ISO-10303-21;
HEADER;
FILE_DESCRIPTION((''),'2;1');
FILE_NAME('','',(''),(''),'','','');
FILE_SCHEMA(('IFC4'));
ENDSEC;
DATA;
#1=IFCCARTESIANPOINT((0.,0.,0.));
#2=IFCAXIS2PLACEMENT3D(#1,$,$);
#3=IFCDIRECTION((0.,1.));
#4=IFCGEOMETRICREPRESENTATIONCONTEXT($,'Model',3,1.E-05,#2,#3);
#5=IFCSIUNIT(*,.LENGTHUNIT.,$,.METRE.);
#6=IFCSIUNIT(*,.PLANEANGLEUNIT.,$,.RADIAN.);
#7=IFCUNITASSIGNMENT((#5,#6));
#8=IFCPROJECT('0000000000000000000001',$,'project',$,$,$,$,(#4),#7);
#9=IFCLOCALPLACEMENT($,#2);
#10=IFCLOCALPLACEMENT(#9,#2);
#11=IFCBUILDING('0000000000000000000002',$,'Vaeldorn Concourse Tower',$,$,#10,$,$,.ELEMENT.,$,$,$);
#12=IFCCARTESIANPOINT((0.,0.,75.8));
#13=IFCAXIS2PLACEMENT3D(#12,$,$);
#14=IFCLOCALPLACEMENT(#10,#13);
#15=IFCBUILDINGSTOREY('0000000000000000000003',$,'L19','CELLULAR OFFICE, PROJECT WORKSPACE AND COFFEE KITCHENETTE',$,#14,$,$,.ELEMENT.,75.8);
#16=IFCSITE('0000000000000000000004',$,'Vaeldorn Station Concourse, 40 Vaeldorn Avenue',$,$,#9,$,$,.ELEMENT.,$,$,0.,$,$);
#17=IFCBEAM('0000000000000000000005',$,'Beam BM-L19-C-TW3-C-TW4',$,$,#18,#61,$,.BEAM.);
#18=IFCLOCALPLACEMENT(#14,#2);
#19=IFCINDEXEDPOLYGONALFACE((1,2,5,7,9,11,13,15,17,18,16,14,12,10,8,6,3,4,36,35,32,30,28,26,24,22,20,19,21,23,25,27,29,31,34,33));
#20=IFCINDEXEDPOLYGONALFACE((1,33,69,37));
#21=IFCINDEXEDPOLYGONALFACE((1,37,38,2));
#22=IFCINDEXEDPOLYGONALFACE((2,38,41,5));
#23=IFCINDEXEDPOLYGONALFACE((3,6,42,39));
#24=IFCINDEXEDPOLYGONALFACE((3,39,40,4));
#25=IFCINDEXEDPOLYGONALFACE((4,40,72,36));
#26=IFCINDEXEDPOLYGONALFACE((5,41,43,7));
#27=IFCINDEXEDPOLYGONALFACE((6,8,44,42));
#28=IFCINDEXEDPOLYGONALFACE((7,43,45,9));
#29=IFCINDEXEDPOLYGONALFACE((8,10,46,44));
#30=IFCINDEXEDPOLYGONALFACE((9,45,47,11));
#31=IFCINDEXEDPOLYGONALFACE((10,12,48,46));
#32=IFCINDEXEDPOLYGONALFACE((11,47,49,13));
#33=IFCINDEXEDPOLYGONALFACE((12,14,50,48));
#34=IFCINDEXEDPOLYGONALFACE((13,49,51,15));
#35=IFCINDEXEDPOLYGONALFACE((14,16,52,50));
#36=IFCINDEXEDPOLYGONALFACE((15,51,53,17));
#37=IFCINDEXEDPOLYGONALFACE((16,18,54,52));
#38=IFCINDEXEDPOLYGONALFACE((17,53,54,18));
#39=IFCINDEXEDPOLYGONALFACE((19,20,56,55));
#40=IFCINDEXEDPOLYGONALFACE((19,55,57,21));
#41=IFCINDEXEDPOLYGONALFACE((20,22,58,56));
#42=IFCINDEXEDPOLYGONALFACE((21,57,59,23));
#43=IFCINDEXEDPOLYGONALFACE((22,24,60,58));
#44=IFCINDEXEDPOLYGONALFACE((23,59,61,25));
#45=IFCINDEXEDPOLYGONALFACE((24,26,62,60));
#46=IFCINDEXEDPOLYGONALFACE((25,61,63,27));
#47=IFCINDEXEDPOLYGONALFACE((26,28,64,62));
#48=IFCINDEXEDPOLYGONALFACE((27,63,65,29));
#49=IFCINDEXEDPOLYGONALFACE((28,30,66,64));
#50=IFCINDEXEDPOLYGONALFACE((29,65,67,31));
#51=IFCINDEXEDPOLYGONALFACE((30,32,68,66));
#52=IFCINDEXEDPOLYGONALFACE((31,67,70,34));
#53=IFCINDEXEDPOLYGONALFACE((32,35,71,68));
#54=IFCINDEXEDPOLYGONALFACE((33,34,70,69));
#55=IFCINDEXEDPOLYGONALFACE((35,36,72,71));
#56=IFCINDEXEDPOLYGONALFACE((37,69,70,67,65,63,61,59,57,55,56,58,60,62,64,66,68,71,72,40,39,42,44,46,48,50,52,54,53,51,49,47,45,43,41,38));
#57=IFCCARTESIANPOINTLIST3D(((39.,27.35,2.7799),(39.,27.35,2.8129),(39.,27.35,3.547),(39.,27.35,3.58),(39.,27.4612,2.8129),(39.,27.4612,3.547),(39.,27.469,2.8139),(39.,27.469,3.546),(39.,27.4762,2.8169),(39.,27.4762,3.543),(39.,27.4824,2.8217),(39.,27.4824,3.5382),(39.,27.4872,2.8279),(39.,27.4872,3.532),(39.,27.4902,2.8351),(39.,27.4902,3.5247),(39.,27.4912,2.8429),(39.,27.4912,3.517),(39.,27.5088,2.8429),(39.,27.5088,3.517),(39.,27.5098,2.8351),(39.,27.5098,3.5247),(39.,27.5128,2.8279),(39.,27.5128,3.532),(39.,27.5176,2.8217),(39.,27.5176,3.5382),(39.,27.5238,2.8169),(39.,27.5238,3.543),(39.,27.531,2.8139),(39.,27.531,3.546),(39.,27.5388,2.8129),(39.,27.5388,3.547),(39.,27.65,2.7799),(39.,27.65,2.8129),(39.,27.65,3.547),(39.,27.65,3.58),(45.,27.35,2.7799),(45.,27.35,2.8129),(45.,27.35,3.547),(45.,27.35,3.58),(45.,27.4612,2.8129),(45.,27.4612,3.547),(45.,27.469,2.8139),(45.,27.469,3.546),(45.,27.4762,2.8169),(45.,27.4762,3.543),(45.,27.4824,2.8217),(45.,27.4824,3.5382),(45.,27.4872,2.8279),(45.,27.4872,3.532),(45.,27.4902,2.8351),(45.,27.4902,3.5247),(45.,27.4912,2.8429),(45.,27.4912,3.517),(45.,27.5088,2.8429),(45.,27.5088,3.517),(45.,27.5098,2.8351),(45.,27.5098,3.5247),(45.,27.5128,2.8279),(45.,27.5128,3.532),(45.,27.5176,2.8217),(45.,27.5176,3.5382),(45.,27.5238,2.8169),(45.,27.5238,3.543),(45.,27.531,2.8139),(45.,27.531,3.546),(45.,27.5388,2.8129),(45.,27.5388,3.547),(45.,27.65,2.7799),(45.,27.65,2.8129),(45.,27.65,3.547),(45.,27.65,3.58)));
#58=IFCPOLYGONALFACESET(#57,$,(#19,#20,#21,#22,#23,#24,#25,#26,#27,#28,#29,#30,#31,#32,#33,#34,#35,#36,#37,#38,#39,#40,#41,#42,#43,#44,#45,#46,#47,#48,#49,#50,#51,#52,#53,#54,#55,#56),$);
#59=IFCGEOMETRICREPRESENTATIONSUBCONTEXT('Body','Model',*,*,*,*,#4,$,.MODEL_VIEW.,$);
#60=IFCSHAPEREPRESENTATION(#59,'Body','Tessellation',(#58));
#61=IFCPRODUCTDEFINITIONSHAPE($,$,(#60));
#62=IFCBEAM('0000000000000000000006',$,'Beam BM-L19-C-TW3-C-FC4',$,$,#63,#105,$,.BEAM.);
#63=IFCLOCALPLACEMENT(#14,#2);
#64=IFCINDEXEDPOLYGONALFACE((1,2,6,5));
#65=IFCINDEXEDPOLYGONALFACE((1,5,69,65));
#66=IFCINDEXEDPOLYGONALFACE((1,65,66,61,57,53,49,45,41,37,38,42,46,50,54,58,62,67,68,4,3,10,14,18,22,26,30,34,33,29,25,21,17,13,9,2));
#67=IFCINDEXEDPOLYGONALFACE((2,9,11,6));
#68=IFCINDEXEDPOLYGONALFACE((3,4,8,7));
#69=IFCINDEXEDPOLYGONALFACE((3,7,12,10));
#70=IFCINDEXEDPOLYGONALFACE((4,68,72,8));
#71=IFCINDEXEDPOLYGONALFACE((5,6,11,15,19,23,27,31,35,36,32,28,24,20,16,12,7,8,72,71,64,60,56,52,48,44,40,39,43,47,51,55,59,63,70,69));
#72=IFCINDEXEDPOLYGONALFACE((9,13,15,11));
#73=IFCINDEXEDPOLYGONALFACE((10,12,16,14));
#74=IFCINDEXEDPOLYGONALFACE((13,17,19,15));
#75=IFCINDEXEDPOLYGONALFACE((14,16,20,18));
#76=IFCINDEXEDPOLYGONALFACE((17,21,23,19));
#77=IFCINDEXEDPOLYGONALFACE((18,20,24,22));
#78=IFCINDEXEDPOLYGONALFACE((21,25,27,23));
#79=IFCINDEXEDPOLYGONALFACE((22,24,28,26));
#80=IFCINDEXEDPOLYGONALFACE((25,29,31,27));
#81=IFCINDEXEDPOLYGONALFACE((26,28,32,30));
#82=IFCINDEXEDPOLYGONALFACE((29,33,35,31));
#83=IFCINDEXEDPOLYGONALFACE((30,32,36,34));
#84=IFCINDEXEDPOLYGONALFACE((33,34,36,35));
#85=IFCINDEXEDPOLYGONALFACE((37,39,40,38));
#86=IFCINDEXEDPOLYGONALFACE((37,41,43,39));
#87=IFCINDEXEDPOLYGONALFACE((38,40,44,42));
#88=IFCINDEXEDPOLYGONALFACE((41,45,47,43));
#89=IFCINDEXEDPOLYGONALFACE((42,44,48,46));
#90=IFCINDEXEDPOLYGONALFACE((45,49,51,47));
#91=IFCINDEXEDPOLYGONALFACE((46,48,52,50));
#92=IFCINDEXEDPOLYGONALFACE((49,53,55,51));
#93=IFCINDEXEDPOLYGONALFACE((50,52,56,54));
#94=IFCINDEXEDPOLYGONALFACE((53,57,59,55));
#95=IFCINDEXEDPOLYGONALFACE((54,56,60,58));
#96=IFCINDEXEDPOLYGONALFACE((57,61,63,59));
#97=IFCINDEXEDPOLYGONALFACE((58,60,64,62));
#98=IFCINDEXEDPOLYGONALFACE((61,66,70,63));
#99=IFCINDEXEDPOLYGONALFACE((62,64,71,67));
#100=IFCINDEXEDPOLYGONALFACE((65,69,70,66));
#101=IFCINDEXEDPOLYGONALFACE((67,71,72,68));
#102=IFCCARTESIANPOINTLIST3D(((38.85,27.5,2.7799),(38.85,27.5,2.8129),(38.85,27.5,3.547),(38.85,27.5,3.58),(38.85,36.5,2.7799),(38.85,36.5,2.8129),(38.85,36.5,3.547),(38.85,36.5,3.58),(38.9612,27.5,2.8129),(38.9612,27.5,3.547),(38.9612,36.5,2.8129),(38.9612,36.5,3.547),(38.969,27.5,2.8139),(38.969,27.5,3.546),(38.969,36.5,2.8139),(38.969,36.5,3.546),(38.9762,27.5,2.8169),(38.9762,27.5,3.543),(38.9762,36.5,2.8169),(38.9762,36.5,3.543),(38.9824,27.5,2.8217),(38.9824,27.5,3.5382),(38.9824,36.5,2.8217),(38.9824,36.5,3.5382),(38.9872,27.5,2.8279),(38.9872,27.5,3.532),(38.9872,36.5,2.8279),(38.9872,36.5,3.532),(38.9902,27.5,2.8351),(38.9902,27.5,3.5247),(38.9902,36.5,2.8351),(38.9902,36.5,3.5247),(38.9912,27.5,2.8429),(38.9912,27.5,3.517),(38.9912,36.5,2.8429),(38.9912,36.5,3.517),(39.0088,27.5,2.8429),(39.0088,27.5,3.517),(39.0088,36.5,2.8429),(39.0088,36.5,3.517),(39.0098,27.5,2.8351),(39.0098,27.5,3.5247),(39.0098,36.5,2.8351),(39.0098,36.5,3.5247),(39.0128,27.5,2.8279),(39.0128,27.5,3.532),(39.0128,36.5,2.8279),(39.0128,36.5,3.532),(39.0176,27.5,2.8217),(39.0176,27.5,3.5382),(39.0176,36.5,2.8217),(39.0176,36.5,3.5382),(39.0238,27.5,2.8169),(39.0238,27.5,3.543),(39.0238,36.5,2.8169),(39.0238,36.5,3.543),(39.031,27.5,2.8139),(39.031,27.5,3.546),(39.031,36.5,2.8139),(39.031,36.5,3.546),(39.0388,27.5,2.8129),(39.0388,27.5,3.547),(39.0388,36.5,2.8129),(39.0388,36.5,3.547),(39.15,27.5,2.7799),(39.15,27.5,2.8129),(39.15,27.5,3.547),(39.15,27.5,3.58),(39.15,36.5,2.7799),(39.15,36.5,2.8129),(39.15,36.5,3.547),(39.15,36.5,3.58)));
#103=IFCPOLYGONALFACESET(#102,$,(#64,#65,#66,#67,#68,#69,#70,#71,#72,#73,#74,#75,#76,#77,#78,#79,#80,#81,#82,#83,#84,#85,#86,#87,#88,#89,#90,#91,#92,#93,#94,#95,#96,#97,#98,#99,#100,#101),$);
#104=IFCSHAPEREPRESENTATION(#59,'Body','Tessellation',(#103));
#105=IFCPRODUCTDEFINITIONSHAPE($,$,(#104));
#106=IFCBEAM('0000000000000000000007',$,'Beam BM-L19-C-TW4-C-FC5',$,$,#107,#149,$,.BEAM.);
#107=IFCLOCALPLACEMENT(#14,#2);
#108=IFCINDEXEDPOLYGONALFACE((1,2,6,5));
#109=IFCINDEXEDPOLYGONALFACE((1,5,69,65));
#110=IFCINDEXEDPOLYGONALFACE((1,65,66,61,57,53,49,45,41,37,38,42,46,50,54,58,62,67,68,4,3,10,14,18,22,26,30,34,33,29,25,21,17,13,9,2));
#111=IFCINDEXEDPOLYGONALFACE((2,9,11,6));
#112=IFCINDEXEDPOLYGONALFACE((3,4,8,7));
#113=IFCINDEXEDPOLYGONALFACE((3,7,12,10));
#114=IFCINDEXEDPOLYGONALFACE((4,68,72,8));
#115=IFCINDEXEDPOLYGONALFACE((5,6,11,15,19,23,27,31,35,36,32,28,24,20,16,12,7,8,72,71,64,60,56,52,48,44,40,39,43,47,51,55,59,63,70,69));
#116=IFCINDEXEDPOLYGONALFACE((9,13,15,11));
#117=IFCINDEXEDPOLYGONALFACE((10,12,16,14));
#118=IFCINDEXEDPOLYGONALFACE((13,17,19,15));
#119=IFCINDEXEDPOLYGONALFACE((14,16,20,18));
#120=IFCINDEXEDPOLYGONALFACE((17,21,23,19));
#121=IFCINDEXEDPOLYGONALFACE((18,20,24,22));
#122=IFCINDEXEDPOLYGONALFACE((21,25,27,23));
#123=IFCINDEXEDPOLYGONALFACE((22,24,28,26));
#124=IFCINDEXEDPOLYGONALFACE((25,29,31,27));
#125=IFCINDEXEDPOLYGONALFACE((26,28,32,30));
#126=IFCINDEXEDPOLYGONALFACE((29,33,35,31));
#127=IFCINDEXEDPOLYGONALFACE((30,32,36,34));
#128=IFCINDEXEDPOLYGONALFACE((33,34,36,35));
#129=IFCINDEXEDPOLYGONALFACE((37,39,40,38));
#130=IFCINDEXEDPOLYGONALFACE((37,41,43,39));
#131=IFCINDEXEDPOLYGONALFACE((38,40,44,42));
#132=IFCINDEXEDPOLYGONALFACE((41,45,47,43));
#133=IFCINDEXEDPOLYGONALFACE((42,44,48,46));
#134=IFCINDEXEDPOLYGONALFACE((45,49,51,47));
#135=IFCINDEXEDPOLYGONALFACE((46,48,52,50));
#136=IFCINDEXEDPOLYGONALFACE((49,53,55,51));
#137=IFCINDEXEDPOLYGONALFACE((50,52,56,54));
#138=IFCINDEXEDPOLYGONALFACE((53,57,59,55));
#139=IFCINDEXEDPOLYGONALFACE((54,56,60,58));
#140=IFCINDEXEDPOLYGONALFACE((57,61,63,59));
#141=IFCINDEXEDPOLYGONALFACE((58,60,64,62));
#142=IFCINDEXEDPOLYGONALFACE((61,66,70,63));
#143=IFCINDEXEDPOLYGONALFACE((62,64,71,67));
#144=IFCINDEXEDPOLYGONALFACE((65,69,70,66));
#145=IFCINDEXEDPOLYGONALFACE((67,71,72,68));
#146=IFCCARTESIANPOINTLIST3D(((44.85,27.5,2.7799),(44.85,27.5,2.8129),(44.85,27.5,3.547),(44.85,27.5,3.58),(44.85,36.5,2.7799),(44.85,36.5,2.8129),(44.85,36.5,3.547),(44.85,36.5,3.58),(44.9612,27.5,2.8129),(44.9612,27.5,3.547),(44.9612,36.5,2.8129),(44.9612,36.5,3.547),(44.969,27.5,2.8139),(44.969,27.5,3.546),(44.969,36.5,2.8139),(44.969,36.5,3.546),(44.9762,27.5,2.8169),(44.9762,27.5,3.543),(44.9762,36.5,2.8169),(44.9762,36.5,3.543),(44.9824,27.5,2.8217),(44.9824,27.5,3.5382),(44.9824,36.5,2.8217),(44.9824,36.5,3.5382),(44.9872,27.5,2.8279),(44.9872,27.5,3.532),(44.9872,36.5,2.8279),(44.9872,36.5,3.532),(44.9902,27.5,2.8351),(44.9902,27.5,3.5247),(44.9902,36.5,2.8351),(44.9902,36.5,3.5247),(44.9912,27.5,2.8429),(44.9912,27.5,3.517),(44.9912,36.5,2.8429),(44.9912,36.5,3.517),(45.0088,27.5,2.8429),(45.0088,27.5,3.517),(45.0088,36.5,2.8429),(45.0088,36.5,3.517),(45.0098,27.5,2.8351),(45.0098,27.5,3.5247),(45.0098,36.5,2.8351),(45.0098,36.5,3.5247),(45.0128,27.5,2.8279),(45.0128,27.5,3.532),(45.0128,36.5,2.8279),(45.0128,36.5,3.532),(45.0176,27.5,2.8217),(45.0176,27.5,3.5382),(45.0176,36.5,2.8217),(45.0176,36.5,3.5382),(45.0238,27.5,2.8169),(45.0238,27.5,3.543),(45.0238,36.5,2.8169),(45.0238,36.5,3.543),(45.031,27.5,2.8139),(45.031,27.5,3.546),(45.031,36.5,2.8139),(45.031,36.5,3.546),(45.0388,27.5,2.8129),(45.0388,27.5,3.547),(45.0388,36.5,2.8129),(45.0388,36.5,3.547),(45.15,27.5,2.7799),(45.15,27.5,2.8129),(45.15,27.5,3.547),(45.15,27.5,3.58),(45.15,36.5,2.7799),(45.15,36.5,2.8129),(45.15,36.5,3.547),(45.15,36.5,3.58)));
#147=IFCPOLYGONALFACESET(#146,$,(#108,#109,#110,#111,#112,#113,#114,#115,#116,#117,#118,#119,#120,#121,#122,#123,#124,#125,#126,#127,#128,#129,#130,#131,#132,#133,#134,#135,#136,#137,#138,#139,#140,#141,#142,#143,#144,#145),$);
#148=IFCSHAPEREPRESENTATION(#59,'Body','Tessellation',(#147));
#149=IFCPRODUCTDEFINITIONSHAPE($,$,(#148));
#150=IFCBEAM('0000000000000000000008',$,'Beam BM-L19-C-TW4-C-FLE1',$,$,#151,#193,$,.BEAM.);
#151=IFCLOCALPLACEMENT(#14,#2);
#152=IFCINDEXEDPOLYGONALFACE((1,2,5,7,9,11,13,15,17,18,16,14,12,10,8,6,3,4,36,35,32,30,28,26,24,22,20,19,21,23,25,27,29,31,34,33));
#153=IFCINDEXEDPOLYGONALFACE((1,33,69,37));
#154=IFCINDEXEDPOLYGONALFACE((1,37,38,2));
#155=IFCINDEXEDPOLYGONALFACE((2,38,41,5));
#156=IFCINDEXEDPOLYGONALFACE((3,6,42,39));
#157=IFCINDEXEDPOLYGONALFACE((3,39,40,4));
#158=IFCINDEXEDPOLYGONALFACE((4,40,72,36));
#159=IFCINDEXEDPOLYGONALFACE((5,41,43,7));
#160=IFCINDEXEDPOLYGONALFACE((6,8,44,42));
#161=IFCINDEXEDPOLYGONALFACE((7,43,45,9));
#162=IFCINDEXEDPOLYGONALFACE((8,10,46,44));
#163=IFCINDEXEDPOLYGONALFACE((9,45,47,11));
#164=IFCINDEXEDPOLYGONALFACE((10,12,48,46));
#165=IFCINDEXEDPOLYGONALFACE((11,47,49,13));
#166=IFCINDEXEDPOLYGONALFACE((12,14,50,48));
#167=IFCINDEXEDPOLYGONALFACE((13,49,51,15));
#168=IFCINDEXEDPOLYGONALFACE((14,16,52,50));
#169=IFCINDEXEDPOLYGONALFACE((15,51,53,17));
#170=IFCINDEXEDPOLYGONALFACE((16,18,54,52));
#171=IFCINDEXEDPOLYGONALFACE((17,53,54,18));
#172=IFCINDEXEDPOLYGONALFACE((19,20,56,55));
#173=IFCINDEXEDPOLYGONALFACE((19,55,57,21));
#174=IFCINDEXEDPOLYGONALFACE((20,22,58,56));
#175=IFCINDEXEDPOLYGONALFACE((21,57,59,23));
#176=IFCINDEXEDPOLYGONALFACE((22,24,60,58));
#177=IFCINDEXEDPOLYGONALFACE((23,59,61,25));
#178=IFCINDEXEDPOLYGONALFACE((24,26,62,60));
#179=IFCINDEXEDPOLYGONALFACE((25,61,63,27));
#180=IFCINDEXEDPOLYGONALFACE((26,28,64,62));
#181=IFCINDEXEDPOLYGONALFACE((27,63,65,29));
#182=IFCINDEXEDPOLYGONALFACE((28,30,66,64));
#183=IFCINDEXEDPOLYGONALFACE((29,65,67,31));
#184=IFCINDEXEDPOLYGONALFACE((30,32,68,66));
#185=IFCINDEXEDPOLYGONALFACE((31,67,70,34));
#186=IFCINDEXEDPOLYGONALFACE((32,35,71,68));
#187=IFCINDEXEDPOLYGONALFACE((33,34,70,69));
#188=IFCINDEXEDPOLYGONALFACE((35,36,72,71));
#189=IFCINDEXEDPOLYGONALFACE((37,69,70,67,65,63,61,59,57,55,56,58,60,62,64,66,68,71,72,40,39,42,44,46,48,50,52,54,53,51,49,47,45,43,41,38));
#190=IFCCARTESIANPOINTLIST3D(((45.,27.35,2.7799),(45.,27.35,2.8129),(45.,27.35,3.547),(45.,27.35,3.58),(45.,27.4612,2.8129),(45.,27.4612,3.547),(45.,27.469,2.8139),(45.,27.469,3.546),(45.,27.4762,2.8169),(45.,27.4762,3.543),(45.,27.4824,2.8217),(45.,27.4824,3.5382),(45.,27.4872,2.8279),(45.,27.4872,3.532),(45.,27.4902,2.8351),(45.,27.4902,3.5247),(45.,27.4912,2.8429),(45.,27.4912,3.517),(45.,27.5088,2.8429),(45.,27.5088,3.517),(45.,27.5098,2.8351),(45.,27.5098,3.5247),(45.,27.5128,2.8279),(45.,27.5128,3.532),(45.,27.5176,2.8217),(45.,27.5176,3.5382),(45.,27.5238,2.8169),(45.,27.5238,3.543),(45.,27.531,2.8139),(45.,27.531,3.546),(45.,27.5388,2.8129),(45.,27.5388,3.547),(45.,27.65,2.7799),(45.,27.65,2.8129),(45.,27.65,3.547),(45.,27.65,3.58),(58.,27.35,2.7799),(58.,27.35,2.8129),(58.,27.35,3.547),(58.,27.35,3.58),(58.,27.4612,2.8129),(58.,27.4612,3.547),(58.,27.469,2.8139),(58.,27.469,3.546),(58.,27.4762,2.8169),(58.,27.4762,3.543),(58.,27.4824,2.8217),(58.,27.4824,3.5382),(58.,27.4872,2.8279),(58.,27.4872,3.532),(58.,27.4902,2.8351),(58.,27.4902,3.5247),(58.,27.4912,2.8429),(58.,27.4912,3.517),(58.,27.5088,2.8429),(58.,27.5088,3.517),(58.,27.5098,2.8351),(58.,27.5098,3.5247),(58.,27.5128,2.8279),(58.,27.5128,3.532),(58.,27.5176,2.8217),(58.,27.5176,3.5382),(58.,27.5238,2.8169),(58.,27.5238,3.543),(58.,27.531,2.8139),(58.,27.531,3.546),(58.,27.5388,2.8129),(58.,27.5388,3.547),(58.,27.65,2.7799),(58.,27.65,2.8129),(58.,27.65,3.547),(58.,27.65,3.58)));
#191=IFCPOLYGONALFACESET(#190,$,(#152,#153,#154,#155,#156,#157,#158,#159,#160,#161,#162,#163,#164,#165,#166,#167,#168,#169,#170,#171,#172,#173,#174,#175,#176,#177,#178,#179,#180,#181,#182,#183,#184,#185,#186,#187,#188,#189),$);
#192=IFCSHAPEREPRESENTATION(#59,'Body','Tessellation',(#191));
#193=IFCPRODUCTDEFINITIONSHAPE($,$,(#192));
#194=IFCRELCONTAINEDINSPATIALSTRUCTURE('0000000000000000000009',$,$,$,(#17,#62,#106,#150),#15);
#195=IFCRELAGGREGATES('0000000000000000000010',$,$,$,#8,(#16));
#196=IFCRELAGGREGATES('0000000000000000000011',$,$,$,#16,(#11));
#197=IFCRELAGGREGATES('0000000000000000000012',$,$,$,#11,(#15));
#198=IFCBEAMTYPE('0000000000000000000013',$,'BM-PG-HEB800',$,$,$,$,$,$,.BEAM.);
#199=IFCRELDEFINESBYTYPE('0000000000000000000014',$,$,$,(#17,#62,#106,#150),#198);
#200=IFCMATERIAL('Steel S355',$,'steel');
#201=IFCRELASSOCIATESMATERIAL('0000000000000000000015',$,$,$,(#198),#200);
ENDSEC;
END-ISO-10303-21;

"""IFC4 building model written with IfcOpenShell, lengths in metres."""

from ifc_helpers import new_model, si_unit, direction, frame, origin, origin_2d, place, context, subcontext, project, spatial, i_section, extrude, source, transform, mapped, material, material_profile, profile_set, type_object, element, save


model = new_model("IFC4")

# Units and contexts
model_context = context("Model", 3, precision=1e-05, world=origin(), true_north=direction((0.0, 1.0)))
body_context = subcontext(model_context, "Body", "Model", "MODEL_VIEW")
ifc_project = project(units=[si_unit("LENGTHUNIT", "METRE"), si_unit("PLANEANGLEUNIT", "RADIAN")], contexts=[model_context])

# Site, building, storey
site_placement = place(None, origin())
site = spatial("IfcSite", under=ifc_project, at=site_placement, Name="Vaeldorn Station Concourse, 40 Vaeldorn Avenue", CompositionType="ELEMENT", RefElevation=0.0)
building_placement = place(site_placement, origin())
building = spatial("IfcBuilding", under=site, at=building_placement, Name="Vaeldorn Concourse Tower", CompositionType="ELEMENT")
storey_placement = place(building_placement, frame((0.0, 0.0, 75.8)))
storey = spatial("IfcBuildingStorey", under=building, at=storey_placement, Name="L19", Description="CELLULAR OFFICE, PROJECT WORKSPACE AND COFFEE KITCHENETTE", CompositionType="ELEMENT", Elevation=75.8)

# Beams
ifc_material_1 = material(Name="Steel S355", Category="steel")
ifc_material_profile_1 = material_profile(ifc_material_1, i_section(OverallWidth=0.3, OverallDepth=0.8, WebThickness=0.0176, FlangeThickness=0.033, FilletRadius=0.03, at=origin_2d()), Name="HEB 800")
ifc_profile_set_1 = profile_set([ifc_material_profile_1], Name="Steel S355")
beam_type_1 = type_object("IfcBeamType", Name="BM-PG-HEB800", PredefinedType="BEAM", material=ifc_profile_set_1)
shared_shape_1 = source(origin(), body_context, "Body", "SweptSolid", [
    extrude(i_section(OverallWidth=0.3, OverallDepth=0.8, WebThickness=0.0176, FlangeThickness=0.033, FilletRadius=0.03, at=origin_2d()), origin(), (0.0, 0.0, 1.0), 6.0),
])
for number, where, z_axis, x_axis, name in (
    (1, (39.0, 27.5, 3.1799), (1.0, 0.0, 0.0), (0.0, 1.0, 0.0), "Beam BM-L19-C-TW3-C-TW4"),
):
    element("IfcBeam", number, at=place(storey_placement, frame(where, z_axis=z_axis, x_axis=x_axis)), inside=storey, type_object=beam_type_1, Name=name, PredefinedType="BEAM", context=body_context, shape_type="MappedRepresentation", body=[
        mapped(shared_shape_1, transform((0.0, 0.0, 0.0), scale=1.0)),
    ])
shared_shape_2 = source(origin(), body_context, "Body", "SweptSolid", [
    extrude(i_section(OverallWidth=0.3, OverallDepth=0.8, WebThickness=0.0176, FlangeThickness=0.033, FilletRadius=0.03, at=origin_2d()), origin(), (0.0, 0.0, 1.0), 9.0),
])
for number, where, z_axis, x_axis, name in (
    (2, (39.0, 27.5, 3.1799), (0.0, 1.0, 0.0), (-1.0, 0.0, 0.0), "Beam BM-L19-C-TW3-C-FC4"),
    (3, (45.0, 27.5, 3.1799), (0.0, 1.0, 0.0), (-1.0, 0.0, 0.0), "Beam BM-L19-C-TW4-C-FC5"),
):
    element("IfcBeam", number, at=place(storey_placement, frame(where, z_axis=z_axis, x_axis=x_axis)), inside=storey, type_object=beam_type_1, Name=name, PredefinedType="BEAM", context=body_context, shape_type="MappedRepresentation", body=[
        mapped(shared_shape_2, transform((0.0, 0.0, 0.0), scale=1.0)),
    ])
shared_shape_3 = source(origin(), body_context, "Body", "SweptSolid", [
    extrude(i_section(OverallWidth=0.3, OverallDepth=0.8, WebThickness=0.0176, FlangeThickness=0.033, FilletRadius=0.03, at=origin_2d()), origin(), (0.0, 0.0, 1.0), 13.0),
])
beam_1_placement = place(storey_placement, frame((45.0, 27.5, 3.1799), z_axis=(1.0, 0.0, 0.0), x_axis=(0.0, 1.0, 0.0)))
element("IfcBeam", 4, at=beam_1_placement, inside=storey, type_object=beam_type_1, Name="Beam BM-L19-C-TW4-C-FLE1", PredefinedType="BEAM", context=body_context, shape_type="MappedRepresentation", body=[
    mapped(shared_shape_3, transform((0.0, 0.0, 0.0), scale=1.0)),
])

save(model, "model.ifc")
